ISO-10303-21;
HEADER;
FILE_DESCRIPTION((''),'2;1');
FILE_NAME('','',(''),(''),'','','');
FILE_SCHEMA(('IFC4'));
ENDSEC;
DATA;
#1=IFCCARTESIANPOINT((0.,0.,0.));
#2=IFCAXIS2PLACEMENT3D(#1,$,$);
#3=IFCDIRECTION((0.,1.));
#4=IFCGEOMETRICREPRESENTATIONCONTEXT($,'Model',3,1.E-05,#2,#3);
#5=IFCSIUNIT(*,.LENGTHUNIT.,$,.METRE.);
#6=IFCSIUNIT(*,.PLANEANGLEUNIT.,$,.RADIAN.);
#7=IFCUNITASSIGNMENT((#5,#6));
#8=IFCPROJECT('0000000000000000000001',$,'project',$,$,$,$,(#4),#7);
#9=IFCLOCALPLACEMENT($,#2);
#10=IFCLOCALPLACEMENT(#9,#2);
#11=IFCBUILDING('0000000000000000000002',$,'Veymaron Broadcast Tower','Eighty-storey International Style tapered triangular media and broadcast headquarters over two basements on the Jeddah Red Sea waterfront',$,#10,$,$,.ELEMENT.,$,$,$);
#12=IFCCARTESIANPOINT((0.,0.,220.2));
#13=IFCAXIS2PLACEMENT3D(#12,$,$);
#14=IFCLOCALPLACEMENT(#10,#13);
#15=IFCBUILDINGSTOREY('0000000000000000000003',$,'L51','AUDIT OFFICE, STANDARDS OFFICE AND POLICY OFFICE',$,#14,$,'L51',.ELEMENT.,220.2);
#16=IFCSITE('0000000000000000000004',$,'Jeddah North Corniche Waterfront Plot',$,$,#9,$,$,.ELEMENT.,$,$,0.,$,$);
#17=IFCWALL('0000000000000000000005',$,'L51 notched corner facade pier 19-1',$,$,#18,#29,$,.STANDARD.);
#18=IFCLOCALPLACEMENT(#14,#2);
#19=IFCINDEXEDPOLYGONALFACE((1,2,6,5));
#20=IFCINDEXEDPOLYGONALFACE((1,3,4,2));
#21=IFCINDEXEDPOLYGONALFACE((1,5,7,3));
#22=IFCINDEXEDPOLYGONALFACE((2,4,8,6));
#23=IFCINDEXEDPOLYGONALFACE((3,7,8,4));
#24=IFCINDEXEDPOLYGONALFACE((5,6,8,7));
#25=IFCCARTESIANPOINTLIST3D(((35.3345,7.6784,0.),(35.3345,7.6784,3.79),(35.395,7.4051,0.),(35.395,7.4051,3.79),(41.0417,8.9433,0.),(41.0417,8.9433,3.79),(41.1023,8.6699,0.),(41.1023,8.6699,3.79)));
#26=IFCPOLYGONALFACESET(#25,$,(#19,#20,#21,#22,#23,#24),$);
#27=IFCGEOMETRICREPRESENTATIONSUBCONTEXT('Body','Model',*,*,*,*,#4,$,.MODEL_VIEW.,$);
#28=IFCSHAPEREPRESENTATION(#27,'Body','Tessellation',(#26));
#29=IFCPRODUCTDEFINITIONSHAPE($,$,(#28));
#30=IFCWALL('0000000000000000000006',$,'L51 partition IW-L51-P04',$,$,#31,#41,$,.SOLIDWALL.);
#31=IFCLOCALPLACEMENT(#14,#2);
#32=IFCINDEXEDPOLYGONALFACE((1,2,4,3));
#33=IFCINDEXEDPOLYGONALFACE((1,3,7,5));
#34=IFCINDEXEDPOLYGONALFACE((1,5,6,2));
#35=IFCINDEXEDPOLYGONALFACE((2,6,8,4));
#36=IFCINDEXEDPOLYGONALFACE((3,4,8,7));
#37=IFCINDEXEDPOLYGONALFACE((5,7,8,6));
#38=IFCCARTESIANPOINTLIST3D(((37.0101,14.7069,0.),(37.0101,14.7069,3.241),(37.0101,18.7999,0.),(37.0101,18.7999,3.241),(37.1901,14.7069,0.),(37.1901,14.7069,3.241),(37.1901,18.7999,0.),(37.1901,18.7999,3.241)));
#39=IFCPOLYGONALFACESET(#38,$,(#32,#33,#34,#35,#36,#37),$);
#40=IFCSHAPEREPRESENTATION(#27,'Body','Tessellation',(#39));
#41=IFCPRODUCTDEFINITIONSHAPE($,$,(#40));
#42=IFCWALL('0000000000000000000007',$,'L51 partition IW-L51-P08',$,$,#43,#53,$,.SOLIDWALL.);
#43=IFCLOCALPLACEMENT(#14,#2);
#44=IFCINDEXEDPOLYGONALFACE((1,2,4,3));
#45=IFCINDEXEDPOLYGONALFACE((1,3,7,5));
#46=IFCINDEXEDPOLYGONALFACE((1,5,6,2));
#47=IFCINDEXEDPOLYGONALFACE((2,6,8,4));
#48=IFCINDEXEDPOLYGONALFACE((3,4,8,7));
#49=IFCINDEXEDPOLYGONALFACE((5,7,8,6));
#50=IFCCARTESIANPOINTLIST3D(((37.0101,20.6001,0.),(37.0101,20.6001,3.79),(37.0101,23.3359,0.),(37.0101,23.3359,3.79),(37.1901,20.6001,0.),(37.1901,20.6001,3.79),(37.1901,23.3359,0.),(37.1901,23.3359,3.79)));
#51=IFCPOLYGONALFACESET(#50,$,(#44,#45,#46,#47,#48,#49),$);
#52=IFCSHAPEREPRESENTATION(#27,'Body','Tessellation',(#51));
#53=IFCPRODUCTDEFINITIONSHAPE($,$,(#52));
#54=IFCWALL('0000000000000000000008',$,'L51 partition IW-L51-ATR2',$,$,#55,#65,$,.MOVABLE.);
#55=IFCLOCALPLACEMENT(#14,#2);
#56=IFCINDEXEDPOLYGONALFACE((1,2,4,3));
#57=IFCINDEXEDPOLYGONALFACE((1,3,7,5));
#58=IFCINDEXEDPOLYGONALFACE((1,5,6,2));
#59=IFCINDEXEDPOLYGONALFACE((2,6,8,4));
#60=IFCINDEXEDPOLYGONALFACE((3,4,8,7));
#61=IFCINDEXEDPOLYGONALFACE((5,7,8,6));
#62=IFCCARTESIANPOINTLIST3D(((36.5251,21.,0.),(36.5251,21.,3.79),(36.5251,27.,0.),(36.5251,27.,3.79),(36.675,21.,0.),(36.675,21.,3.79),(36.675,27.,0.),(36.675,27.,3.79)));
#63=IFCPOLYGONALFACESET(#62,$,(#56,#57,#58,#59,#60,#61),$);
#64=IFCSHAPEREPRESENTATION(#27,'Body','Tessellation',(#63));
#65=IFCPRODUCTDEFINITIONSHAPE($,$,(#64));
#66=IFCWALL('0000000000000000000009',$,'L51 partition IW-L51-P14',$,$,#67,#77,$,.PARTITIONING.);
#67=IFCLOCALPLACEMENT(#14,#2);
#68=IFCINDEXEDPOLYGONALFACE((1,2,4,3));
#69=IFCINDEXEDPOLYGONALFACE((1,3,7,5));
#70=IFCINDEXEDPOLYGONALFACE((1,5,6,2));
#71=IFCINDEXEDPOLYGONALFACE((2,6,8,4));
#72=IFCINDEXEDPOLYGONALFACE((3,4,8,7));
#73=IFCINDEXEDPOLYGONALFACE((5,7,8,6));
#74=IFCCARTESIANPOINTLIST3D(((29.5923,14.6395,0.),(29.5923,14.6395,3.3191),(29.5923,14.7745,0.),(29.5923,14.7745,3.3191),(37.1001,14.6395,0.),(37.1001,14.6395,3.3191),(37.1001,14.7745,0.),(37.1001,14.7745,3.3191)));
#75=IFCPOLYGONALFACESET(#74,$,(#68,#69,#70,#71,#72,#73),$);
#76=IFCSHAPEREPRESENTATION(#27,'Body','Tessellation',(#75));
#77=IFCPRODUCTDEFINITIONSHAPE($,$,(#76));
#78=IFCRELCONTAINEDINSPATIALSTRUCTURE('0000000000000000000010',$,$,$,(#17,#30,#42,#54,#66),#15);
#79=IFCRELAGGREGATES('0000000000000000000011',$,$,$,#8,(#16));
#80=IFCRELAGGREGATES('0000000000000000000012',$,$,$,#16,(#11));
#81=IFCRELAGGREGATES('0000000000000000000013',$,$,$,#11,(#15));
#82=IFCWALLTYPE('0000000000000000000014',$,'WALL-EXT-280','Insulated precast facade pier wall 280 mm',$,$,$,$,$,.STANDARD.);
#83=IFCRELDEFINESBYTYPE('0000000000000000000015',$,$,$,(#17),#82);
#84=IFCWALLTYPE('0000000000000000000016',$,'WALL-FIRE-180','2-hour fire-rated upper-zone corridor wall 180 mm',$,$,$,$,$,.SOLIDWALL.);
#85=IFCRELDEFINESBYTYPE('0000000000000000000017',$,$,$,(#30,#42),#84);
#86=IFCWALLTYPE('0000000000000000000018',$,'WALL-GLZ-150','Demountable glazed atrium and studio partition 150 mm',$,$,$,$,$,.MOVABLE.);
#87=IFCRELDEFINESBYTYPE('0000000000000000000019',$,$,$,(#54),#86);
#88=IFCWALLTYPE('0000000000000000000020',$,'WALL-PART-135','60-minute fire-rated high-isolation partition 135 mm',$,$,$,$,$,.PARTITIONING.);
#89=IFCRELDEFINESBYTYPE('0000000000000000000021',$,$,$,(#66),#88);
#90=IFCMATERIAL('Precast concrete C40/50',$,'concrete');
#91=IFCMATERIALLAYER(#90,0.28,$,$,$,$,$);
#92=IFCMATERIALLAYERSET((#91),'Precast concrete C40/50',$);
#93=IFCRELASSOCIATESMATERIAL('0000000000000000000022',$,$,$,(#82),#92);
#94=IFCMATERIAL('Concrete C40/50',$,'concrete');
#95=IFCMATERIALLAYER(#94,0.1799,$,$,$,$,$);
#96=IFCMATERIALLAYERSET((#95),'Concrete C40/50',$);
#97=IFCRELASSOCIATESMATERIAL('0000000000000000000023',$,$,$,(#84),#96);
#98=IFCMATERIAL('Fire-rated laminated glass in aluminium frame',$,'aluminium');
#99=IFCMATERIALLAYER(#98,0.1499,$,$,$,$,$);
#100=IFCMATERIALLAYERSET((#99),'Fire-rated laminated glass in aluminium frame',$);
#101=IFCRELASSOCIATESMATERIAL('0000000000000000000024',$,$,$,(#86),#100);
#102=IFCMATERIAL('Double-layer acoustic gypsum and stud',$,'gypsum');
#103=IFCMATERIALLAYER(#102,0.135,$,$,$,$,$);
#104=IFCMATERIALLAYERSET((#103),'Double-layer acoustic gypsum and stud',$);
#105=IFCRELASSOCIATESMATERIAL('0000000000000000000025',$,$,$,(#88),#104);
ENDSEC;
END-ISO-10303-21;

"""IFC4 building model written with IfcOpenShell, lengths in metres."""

from ifc_helpers import new_model, si_unit, direction, frame, frame_2d, origin, place, context, subcontext, project, spatial, rectangle, extrude, material, layer, layer_set, type_object, element, save


model = new_model("IFC4")

# Units and contexts
model_context = context("Model", 3, precision=1e-05, world=origin(), true_north=direction((0.0, 1.0)))
body_context = subcontext(model_context, "Body", "Model", "MODEL_VIEW")
ifc_project = project(units=[si_unit("LENGTHUNIT", "METRE"), si_unit("PLANEANGLEUNIT", "RADIAN")], contexts=[model_context])

# Site, building, storey
site_placement = place(None, origin())
site = spatial("IfcSite", under=ifc_project, at=site_placement, Name="Jeddah North Corniche Waterfront Plot", CompositionType="ELEMENT", RefElevation=0.0)
building_placement = place(site_placement, origin())
building = spatial("IfcBuilding", under=site, at=building_placement, Name="Veymaron Broadcast Tower", Description="Eighty-storey International Style tapered triangular media and broadcast headquarters over two basements on the Jeddah Red Sea waterfront", CompositionType="ELEMENT")
storey_placement = place(building_placement, frame((0.0, 0.0, 220.2)))
storey = spatial("IfcBuildingStorey", under=building, at=storey_placement, Name="L51", Description="AUDIT OFFICE, STANDARDS OFFICE AND POLICY OFFICE", LongName="L51", CompositionType="ELEMENT", Elevation=220.2)

# Wall
ifc_material_1 = material(Name="Precast concrete C40/50", Category="concrete")
ifc_layer_1 = layer(ifc_material_1, 0.28)
ifc_layer_set_1 = layer_set([ifc_layer_1], Name="Precast concrete C40/50")
wall_type_1 = type_object("IfcWallType", Name="WALL-EXT-280", Description="Insulated precast facade pier wall 280 mm", PredefinedType="STANDARD", material=ifc_layer_set_1)
wall_1_placement = place(storey_placement, frame((35.3647, 7.5417, 0.0), z_axis=(0.0, 0.0, 1.0), x_axis=(0.97631, 0.216378, 0.0)))
element("IfcWall", 1, at=wall_1_placement, inside=storey, type_object=wall_type_1, Name="L51 notched corner facade pier 19-1", PredefinedType="STANDARD", context=body_context, shape_type="SweptSolid", body=[
    extrude(rectangle(XDim=5.8457, YDim=0.28, at=frame_2d((2.9229, 0.0))), origin(), (0.0, 0.0, 1.0), 3.79),
])

# Shared definitions
ifc_material_2 = material(Name="Concrete C40/50", Category="concrete")
ifc_layer_2 = layer(ifc_material_2, 0.1799)
ifc_layer_set_2 = layer_set([ifc_layer_2], Name="Concrete C40/50")
wall_type_2 = type_object("IfcWallType", Name="WALL-FIRE-180", Description="2-hour fire-rated upper-zone corridor wall 180 mm", PredefinedType="SOLIDWALL", material=ifc_layer_set_2)

# Walls
wall_2_placement = place(storey_placement, frame((37.1001, 14.707, 0.0), z_axis=(0.0, 0.0, 1.0), x_axis=(0.0, 1.0, 0.0)))
element("IfcWall", 2, at=wall_2_placement, inside=storey, type_object=wall_type_2, Name="L51 partition IW-L51-P04", PredefinedType="SOLIDWALL", context=body_context, shape_type="SweptSolid", body=[
    extrude(rectangle(XDim=4.093, YDim=0.1799, at=frame_2d((2.0464, 0.0))), origin(), (0.0, 0.0, 1.0), 3.241),
])
wall_3_placement = place(storey_placement, frame((37.1001, 20.6001, 0.0), z_axis=(0.0, 0.0, 1.0), x_axis=(0.0, 1.0, 0.0)))
element("IfcWall", 3, at=wall_3_placement, inside=storey, type_object=wall_type_2, Name="L51 partition IW-L51-P08", PredefinedType="SOLIDWALL", context=body_context, shape_type="SweptSolid", body=[
    extrude(rectangle(XDim=2.7358, YDim=0.1799, at=frame_2d((1.3679, 0.0))), origin(), (0.0, 0.0, 1.0), 3.79),
])
ifc_material_3 = material(Name="Fire-rated laminated glass in aluminium frame", Category="aluminium")
ifc_layer_3 = layer(ifc_material_3, 0.1499)
ifc_layer_set_3 = layer_set([ifc_layer_3], Name="Fire-rated laminated glass in aluminium frame")
wall_type_3 = type_object("IfcWallType", Name="WALL-GLZ-150", Description="Demountable glazed atrium and studio partition 150 mm", PredefinedType="MOVABLE", material=ifc_layer_set_3)
wall_4_placement = place(storey_placement, frame((36.6001, 21.0, 0.0), z_axis=(0.0, 0.0, 1.0), x_axis=(0.0, 1.0, 0.0)))
element("IfcWall", 4, at=wall_4_placement, inside=storey, type_object=wall_type_3, Name="L51 partition IW-L51-ATR2", PredefinedType="MOVABLE", context=body_context, shape_type="SweptSolid", body=[
    extrude(rectangle(XDim=6.0, YDim=0.1499, at=frame_2d((3.0, 0.0))), origin(), (0.0, 0.0, 1.0), 3.79),
])
ifc_material_4 = material(Name="Double-layer acoustic gypsum and stud", Category="gypsum")
ifc_layer_4 = layer(ifc_material_4, 0.135)
ifc_layer_set_4 = layer_set([ifc_layer_4], Name="Double-layer acoustic gypsum and stud")
wall_type_4 = type_object("IfcWallType", Name="WALL-PART-135", Description="60-minute fire-rated high-isolation partition 135 mm", PredefinedType="PARTITIONING", material=ifc_layer_set_4)
wall_5_placement = place(storey_placement, frame((29.5923, 14.707, 0.0), z_axis=(0.0, 0.0, 1.0), x_axis=(1.0, 0.0, 0.0)))
element("IfcWall", 5, at=wall_5_placement, inside=storey, type_object=wall_type_4, Name="L51 partition IW-L51-P14", PredefinedType="PARTITIONING", context=body_context, shape_type="SweptSolid", body=[
    extrude(rectangle(XDim=7.5078, YDim=0.135, at=frame_2d((3.7539, 0.0))), origin(), (0.0, 0.0, 1.0), 3.3191),
])

save(model, "model.ifc")
